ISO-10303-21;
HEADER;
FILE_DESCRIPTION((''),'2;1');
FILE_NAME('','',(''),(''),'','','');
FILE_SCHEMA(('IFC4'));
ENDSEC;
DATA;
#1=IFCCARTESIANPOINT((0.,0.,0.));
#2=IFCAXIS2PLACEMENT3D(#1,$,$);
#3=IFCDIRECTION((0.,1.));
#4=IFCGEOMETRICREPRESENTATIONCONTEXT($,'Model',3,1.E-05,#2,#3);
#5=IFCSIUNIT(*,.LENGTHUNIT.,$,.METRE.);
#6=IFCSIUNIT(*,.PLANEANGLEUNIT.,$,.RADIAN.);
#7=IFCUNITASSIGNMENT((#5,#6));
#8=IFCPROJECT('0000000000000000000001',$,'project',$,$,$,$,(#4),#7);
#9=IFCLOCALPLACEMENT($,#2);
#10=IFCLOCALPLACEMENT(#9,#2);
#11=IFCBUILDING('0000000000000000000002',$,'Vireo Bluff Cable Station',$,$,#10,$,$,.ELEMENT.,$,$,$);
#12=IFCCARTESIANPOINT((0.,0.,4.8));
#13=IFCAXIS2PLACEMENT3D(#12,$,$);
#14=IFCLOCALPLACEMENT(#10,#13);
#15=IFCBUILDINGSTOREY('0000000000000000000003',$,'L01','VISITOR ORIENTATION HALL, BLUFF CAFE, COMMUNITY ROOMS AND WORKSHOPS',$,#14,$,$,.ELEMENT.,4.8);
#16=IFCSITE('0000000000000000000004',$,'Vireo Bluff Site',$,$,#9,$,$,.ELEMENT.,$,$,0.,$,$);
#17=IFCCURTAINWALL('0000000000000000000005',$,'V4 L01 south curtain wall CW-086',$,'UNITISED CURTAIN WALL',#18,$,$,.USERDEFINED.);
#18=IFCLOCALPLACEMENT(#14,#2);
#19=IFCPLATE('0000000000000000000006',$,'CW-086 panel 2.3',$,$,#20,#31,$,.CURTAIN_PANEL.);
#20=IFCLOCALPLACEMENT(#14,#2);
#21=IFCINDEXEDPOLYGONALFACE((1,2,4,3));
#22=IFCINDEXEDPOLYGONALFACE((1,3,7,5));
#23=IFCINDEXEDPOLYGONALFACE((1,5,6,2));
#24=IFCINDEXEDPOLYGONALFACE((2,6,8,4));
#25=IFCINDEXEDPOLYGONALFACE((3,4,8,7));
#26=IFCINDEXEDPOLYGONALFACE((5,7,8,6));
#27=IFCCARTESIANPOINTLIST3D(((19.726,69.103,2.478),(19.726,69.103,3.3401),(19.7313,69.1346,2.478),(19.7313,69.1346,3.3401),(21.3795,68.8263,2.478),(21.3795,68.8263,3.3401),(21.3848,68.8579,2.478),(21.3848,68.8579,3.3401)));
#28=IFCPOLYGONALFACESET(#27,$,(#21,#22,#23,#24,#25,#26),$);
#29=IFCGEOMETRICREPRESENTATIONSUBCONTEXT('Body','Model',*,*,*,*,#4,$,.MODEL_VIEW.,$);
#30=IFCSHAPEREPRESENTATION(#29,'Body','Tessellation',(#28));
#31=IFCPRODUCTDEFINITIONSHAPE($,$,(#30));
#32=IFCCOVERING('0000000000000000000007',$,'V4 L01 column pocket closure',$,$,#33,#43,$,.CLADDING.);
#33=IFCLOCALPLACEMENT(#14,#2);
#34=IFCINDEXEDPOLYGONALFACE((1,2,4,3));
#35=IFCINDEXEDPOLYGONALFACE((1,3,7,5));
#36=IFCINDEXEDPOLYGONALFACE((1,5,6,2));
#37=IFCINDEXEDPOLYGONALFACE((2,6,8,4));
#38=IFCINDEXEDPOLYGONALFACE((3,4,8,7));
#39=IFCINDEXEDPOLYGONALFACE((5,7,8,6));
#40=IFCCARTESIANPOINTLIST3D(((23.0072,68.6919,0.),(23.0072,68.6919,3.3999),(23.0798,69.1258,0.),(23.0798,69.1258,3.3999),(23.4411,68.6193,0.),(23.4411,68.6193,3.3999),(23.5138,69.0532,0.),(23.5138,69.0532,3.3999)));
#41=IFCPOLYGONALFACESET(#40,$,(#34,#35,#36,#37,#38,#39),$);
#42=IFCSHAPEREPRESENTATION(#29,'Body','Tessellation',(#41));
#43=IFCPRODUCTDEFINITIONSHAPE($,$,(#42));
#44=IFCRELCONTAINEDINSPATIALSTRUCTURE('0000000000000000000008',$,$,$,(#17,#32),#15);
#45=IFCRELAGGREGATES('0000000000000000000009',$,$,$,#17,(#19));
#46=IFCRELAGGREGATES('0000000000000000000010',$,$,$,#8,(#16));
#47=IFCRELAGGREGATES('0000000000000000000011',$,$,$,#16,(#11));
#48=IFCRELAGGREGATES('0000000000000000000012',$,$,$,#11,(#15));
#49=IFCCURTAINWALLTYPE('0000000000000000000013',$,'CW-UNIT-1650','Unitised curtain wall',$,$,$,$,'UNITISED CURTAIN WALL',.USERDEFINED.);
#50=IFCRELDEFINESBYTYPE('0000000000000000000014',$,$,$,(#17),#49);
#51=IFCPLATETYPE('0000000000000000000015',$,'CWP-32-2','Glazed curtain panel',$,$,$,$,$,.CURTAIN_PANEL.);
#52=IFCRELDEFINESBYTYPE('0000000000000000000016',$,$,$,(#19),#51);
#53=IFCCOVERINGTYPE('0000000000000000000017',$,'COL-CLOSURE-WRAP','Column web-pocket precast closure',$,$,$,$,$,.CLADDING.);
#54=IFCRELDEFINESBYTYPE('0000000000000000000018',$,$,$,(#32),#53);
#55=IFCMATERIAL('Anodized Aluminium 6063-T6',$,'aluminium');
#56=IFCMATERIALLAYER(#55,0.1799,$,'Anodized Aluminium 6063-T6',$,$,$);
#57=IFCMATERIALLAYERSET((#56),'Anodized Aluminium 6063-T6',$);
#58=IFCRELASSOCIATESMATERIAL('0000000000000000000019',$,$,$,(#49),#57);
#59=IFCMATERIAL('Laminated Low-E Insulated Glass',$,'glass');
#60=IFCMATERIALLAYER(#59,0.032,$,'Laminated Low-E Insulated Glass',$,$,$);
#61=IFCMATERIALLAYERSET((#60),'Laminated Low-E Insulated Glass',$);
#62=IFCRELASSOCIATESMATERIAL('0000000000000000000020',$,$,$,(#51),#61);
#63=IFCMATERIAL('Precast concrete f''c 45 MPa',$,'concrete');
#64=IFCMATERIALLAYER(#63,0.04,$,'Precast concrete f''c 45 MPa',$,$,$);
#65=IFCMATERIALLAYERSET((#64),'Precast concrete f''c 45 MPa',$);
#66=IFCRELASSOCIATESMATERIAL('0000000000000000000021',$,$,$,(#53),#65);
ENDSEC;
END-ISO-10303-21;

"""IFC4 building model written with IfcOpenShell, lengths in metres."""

from ifc_helpers import new_model, si_unit, direction, frame, origin, origin_2d, place, context, subcontext, project, spatial, rectangle, extrude, material, layer, layer_set, type_object, element, aggregate, save


model = new_model("IFC4")

# Units and contexts
model_context = context("Model", 3, precision=1e-05, world=origin(), true_north=direction((0.0, 1.0)))
body_context = subcontext(model_context, "Body", "Model", "MODEL_VIEW")
ifc_project = project(units=[si_unit("LENGTHUNIT", "METRE"), si_unit("PLANEANGLEUNIT", "RADIAN")], contexts=[model_context])

# Site, building, storey
site_placement = place(None, origin())
site = spatial("IfcSite", under=ifc_project, at=site_placement, Name="Vireo Bluff Site", CompositionType="ELEMENT", RefElevation=0.0)
building_placement = place(site_placement, origin())
building = spatial("IfcBuilding", under=site, at=building_placement, Name="Vireo Bluff Cable Station", CompositionType="ELEMENT")
storey_placement = place(building_placement, frame((0.0, 0.0, 4.8)))
storey = spatial("IfcBuildingStorey", under=building, at=storey_placement, Name="L01", Description="VISITOR ORIENTATION HALL, BLUFF CAFE, COMMUNITY ROOMS AND WORKSHOPS", CompositionType="ELEMENT", Elevation=4.8)

# Curtain wall
ifc_material_1 = material(Name="Anodized Aluminium 6063-T6", Category="aluminium")
ifc_layer_1 = layer(ifc_material_1, 0.1799, Name="Anodized Aluminium 6063-T6")
ifc_layer_set_1 = layer_set([ifc_layer_1], Name="Anodized Aluminium 6063-T6")
curtain_wall_type = type_object("IfcCurtainWallType", Name="CW-UNIT-1650", Description="Unitised curtain wall", ElementType="UNITISED CURTAIN WALL", PredefinedType="USERDEFINED", material=ifc_layer_set_1)
curtain_wall_placement = place(storey_placement, origin())
curtain_wall = element("IfcCurtainWall", 1, at=curtain_wall_placement, inside=storey, type_object=curtain_wall_type, Name="V4 L01 south curtain wall CW-086", ObjectType="UNITISED CURTAIN WALL", PredefinedType="USERDEFINED")

# Plate
ifc_material_2 = material(Name="Laminated Low-E Insulated Glass", Category="glass")
ifc_layer_2 = layer(ifc_material_2, 0.032, Name="Laminated Low-E Insulated Glass")
ifc_layer_set_2 = layer_set([ifc_layer_2], Name="Laminated Low-E Insulated Glass")
plate_type = type_object("IfcPlateType", Name="CWP-32-2", Description="Glazed curtain panel", PredefinedType="CURTAIN_PANEL", material=ifc_layer_set_2)
plate_1_placement = place(storey_placement, frame((20.5554, 68.9805, 2.478), z_axis=(0.0, 0.0, 1.0), x_axis=(-0.986286, 0.165048, 0.0)))
plate_1 = element("IfcPlate", 2, at=plate_1_placement, type_object=plate_type, Name="CW-086 panel 2.3", PredefinedType="CURTAIN_PANEL", context=body_context, shape_type="SweptSolid", body=[
    extrude(rectangle(XDim=1.6765, YDim=0.032, at=origin_2d()), origin(), (0.0, 0.0, 1.0), 0.8621),
])
aggregate(curtain_wall, [plate_1])

# Covering
ifc_material_3 = material(Name="Precast concrete f'c 45 MPa", Category="concrete")
ifc_layer_3 = layer(ifc_material_3, 0.04, Name="Precast concrete f'c 45 MPa")
ifc_layer_set_3 = layer_set([ifc_layer_3], Name="Precast concrete f'c 45 MPa")
covering_type = type_object("IfcCoveringType", Name="COL-CLOSURE-WRAP", Description="Column web-pocket precast closure", PredefinedType="CLADDING", material=ifc_layer_set_3)
covering_placement = place(storey_placement, frame((23.2605, 68.8726, 0.0), z_axis=(0.0, 0.0, 1.0), x_axis=(0.986286, -0.165048, 0.0)))
element("IfcCovering", 3, at=covering_placement, inside=storey, type_object=covering_type, Name="V4 L01 column pocket closure", PredefinedType="CLADDING", context=body_context, shape_type="SweptSolid", body=[
    extrude(rectangle(XDim=0.4399, YDim=0.4399, at=origin_2d()), origin(), (0.0, 0.0, 1.0), 3.3999),
])

save(model, "model.ifc")
